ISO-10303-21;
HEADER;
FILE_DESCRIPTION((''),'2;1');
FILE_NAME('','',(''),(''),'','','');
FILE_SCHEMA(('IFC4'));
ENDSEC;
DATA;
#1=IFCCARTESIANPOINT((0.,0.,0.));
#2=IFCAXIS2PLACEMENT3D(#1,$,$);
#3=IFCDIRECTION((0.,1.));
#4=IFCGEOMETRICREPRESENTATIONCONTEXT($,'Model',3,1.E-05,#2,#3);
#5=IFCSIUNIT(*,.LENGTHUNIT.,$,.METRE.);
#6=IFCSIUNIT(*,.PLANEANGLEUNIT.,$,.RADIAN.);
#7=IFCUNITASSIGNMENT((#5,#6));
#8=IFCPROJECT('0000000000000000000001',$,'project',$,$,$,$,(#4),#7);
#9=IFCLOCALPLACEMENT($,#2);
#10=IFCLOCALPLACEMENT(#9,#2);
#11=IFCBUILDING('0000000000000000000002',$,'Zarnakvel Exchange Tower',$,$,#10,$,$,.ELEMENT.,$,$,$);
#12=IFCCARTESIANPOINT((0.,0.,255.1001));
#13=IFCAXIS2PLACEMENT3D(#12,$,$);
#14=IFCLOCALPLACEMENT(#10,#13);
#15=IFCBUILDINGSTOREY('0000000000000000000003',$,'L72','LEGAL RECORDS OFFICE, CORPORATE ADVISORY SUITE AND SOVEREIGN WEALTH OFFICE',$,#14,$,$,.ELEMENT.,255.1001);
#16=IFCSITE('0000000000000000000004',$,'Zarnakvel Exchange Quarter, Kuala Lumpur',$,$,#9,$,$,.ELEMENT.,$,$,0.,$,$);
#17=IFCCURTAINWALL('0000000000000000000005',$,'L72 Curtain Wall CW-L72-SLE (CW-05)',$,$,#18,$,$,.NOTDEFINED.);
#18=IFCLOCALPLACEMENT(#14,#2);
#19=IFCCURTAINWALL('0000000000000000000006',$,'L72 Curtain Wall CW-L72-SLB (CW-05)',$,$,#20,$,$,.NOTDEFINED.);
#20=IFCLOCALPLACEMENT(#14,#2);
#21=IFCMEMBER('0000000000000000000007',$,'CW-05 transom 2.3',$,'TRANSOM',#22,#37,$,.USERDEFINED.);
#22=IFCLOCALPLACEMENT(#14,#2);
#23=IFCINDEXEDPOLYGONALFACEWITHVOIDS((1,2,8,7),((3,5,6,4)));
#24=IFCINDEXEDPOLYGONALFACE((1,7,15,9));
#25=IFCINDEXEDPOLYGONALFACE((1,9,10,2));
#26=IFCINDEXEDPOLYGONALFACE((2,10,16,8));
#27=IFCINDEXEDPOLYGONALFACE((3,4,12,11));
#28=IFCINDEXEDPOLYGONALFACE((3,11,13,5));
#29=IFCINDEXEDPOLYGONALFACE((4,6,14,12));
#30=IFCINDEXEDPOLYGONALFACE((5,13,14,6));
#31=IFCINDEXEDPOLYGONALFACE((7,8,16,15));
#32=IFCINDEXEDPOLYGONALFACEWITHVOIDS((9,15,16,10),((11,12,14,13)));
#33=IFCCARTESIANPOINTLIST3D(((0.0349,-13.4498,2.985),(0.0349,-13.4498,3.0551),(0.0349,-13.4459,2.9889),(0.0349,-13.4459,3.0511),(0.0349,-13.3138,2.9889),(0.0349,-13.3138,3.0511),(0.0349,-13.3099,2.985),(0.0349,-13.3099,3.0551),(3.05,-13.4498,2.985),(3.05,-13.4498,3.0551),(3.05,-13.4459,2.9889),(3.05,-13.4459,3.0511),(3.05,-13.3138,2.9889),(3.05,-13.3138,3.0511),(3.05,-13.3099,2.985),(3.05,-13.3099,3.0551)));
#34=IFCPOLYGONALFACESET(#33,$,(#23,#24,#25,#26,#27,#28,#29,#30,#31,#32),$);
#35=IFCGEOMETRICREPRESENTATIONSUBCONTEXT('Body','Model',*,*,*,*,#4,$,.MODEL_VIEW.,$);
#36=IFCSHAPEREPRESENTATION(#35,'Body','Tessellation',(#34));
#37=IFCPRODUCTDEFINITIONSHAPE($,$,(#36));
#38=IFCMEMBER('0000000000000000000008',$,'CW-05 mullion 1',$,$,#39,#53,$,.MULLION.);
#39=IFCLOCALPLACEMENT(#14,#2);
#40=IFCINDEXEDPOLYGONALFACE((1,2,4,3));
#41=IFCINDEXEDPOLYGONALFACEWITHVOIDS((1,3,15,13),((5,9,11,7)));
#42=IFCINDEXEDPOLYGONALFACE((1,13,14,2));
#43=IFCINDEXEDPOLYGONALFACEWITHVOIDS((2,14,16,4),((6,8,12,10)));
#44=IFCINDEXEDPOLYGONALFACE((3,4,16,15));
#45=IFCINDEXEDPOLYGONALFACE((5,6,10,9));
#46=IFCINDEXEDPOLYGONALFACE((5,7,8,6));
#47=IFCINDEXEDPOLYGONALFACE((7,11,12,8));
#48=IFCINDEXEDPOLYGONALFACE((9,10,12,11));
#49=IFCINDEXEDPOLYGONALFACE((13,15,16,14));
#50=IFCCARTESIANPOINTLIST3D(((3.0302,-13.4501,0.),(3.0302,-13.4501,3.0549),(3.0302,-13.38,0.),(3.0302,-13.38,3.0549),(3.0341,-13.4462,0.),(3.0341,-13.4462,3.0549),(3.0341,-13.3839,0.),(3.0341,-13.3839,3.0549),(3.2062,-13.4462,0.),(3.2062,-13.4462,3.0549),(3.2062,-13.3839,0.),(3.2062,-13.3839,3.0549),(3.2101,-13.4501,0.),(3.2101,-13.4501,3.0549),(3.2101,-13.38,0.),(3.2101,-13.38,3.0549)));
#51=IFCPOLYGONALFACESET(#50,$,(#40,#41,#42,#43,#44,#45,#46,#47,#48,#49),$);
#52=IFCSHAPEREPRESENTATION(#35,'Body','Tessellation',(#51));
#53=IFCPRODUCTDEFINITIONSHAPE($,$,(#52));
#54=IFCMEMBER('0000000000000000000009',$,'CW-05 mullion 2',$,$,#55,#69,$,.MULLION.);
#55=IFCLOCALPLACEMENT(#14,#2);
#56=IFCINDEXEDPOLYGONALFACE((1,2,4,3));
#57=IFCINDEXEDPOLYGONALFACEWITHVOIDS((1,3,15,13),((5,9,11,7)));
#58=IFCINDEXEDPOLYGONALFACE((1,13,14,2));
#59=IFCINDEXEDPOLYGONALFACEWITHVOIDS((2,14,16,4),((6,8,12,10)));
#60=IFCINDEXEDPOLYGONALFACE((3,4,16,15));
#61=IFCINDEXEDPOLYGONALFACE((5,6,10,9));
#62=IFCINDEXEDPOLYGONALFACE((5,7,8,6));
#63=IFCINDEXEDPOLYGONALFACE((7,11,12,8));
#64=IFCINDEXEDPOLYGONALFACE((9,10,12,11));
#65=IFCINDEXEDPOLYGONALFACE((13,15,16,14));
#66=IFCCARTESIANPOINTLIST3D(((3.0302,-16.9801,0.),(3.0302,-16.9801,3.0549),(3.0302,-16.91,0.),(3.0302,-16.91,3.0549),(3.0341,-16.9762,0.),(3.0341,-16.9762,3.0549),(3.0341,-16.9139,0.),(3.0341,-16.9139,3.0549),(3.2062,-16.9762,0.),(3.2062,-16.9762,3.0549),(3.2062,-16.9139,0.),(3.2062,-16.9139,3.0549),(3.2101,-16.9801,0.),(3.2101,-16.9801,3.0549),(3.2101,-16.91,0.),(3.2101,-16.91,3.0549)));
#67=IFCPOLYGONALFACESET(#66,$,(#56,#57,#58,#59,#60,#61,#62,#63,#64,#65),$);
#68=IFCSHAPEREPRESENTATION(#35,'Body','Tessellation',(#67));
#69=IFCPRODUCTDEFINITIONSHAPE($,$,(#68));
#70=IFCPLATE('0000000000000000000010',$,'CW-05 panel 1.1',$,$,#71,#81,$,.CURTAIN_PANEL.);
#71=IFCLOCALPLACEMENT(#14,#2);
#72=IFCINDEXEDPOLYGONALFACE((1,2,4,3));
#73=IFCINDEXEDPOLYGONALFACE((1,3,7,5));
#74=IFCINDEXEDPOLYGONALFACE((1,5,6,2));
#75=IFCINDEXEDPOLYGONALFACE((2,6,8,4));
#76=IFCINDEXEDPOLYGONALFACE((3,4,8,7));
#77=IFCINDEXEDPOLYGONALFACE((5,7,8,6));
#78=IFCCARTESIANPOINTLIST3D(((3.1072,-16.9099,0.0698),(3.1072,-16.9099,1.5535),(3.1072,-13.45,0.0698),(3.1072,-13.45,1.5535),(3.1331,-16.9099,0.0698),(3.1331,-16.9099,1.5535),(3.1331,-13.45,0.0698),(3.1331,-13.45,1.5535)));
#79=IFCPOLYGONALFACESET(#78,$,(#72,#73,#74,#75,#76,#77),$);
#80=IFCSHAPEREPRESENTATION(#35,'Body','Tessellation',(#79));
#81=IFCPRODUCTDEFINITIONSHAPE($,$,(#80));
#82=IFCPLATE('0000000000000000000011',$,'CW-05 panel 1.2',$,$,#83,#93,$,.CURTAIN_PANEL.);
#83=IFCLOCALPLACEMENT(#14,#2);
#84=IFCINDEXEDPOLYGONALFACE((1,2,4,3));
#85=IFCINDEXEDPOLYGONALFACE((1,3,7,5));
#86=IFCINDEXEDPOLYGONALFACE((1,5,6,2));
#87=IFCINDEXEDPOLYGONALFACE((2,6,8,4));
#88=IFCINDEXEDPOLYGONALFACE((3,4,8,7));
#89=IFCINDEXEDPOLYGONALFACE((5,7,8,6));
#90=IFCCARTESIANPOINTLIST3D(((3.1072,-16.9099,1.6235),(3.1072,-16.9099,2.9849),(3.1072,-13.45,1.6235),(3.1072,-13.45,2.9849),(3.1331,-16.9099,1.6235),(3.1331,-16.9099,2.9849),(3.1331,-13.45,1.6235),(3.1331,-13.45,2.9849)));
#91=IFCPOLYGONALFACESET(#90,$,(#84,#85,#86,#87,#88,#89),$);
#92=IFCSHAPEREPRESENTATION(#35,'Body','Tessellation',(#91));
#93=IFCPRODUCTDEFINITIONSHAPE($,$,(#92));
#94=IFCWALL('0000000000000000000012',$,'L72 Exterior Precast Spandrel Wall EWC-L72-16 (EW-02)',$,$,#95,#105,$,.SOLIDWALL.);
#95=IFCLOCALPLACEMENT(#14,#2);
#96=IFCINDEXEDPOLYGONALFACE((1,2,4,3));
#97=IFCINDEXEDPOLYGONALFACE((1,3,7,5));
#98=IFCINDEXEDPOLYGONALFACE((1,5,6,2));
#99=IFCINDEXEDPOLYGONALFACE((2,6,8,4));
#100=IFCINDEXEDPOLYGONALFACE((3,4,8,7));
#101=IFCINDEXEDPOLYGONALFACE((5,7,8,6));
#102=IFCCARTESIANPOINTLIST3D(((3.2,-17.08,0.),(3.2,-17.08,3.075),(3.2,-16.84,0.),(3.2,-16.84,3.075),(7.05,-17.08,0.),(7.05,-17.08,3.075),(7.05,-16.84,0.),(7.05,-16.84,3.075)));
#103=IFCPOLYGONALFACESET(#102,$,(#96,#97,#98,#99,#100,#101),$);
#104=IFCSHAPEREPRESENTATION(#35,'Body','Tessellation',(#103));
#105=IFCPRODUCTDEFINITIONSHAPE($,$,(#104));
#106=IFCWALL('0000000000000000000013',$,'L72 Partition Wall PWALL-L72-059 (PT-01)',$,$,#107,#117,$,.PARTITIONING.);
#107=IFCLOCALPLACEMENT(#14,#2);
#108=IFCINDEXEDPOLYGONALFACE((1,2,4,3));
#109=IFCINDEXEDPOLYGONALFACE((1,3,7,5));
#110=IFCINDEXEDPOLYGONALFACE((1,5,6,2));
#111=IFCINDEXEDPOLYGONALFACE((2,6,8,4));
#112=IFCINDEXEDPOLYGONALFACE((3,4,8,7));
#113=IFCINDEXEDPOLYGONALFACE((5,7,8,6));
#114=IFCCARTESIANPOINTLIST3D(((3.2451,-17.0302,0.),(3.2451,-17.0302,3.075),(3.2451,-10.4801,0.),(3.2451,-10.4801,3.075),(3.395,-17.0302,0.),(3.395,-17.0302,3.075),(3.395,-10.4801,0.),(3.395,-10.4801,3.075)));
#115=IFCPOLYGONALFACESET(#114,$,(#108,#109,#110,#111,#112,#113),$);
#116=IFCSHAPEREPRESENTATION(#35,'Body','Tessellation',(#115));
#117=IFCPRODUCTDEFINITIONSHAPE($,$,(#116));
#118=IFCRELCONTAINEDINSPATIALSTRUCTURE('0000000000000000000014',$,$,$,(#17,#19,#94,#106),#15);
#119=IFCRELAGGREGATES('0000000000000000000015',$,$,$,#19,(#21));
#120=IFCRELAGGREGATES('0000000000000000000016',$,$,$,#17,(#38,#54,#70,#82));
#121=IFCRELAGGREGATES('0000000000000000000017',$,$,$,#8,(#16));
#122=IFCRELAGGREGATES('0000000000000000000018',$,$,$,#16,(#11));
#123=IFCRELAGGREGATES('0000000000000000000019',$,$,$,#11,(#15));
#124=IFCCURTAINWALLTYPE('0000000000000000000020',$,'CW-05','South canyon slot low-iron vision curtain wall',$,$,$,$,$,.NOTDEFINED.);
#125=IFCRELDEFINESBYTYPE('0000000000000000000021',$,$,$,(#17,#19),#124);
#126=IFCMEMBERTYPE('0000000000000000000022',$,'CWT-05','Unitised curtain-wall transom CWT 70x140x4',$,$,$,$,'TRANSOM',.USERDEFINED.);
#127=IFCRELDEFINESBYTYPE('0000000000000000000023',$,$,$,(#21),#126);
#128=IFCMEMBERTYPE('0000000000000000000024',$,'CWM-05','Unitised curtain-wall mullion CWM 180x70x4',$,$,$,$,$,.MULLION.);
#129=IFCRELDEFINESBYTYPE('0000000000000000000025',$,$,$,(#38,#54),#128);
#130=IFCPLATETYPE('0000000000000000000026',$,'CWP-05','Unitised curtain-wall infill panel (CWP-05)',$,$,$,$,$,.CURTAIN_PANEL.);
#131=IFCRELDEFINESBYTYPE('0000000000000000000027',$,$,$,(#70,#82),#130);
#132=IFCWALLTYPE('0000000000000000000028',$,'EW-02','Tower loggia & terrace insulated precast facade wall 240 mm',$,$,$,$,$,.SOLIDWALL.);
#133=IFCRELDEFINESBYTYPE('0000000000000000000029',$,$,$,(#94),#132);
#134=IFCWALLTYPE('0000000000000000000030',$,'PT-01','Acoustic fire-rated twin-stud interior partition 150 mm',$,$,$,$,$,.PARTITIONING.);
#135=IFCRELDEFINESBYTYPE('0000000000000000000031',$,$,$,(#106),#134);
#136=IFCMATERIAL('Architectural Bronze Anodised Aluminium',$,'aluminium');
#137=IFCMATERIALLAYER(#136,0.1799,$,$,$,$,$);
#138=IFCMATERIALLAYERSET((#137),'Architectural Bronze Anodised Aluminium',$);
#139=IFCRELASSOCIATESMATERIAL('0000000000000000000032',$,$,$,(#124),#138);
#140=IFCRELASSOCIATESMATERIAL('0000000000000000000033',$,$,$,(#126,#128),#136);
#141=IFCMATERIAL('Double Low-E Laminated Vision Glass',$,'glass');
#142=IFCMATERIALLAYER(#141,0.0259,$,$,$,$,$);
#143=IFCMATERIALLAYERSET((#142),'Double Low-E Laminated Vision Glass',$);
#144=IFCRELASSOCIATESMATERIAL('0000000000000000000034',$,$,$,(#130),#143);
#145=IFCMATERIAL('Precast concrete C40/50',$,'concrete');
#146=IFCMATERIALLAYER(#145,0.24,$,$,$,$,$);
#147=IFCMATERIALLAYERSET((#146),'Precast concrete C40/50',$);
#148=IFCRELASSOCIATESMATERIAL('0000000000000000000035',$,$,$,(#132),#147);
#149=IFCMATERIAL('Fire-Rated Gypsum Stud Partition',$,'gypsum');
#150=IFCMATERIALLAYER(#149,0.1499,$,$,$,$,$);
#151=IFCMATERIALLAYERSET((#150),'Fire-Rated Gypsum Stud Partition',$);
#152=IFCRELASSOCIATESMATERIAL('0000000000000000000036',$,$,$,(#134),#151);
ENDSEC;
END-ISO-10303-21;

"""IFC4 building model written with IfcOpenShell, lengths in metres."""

from ifc_helpers import new_model, si_unit, direction, frame, frame_2d, origin, origin_2d, place, context, subcontext, project, spatial, rectangle, hollow_rectangle, extrude, source, transform, mapped, material, layer, layer_set, material_profile, profile_set, type_object, element, aggregate, save


model = new_model("IFC4")

# Units and contexts
model_context = context("Model", 3, precision=1e-05, world=origin(), true_north=direction((0.0, 1.0)))
body_context = subcontext(model_context, "Body", "Model", "MODEL_VIEW")
ifc_project = project(units=[si_unit("LENGTHUNIT", "METRE"), si_unit("PLANEANGLEUNIT", "RADIAN")], contexts=[model_context])

# Site, building, storey
site_placement = place(None, origin())
site = spatial("IfcSite", under=ifc_project, at=site_placement, Name="Zarnakvel Exchange Quarter, Kuala Lumpur", CompositionType="ELEMENT", RefElevation=0.0)
building_placement = place(site_placement, origin())
building = spatial("IfcBuilding", under=site, at=building_placement, Name="Zarnakvel Exchange Tower", CompositionType="ELEMENT")
storey_placement = place(building_placement, frame((0.0, 0.0, 255.1001)))
storey = spatial("IfcBuildingStorey", under=building, at=storey_placement, Name="L72", Description="LEGAL RECORDS OFFICE, CORPORATE ADVISORY SUITE AND SOVEREIGN WEALTH OFFICE", CompositionType="ELEMENT", Elevation=255.1001)

# Curtain walls, member
ifc_material_1 = material(Name="Architectural Bronze Anodised Aluminium", Category="aluminium")
ifc_layer_1 = layer(ifc_material_1, 0.1799)
ifc_layer_set_1 = layer_set([ifc_layer_1], Name="Architectural Bronze Anodised Aluminium")
curtain_wall_type = type_object("IfcCurtainWallType", Name="CW-05", Description="South canyon slot low-iron vision curtain wall", PredefinedType="NOTDEFINED", material=ifc_layer_set_1)
curtain_wall_1_placement = place(storey_placement, origin())
curtain_wall_1 = element("IfcCurtainWall", 1, at=curtain_wall_1_placement, inside=storey, type_object=curtain_wall_type, Name="L72 Curtain Wall CW-L72-SLE (CW-05)", PredefinedType="NOTDEFINED")
ifc_material_profile_1 = material_profile(ifc_material_1, hollow_rectangle(XDim=0.1399, YDim=0.0701, WallThickness=0.0039, at=origin_2d()))
ifc_profile_set_1 = profile_set([ifc_material_profile_1], Name="Architectural Bronze Anodised Aluminium")
member_type_1 = type_object("IfcMemberType", Name="CWT-05", Description="Unitised curtain-wall transom CWT 70x140x4", ElementType="TRANSOM", PredefinedType="USERDEFINED", material=ifc_profile_set_1)
curtain_wall_2_placement = place(storey_placement, origin())
curtain_wall_2 = element("IfcCurtainWall", 2, at=curtain_wall_2_placement, inside=storey, type_object=curtain_wall_type, Name="L72 Curtain Wall CW-L72-SLB (CW-05)", PredefinedType="NOTDEFINED")
shared_shape_1 = source(origin(), body_context, "Body", "SweptSolid", [
    extrude(hollow_rectangle(XDim=0.1399, YDim=0.0701, WallThickness=0.0039, at=origin_2d()), origin(), (0.0, 0.0, 1.0), 3.0151),
])
member_1_placement = place(storey_placement, frame((0.0349, -13.3799, 3.02), z_axis=(1.0, 0.0, 0.0), x_axis=(0.0, 1.0, 0.0)))
member_1 = element("IfcMember", 3, at=member_1_placement, type_object=member_type_1, Name="CW-05 transom 2.3", ObjectType="TRANSOM", PredefinedType="USERDEFINED", context=body_context, shape_type="MappedRepresentation", body=[
    mapped(shared_shape_1, transform((0.0, 0.0, 0.0), x_axis=(1.0, 0.0, 0.0), y_axis=(0.0, 1.0, 0.0), z_axis=(0.0, 0.0, 1.0), scale=1.0)),
])
aggregate(curtain_wall_2, [member_1])

# Members
ifc_material_profile_2 = material_profile(ifc_material_1, hollow_rectangle(XDim=0.1799, YDim=0.0701, WallThickness=0.0039, at=origin_2d()))
ifc_profile_set_2 = profile_set([ifc_material_profile_2], Name="Architectural Bronze Anodised Aluminium")
member_type_2 = type_object("IfcMemberType", Name="CWM-05", Description="Unitised curtain-wall mullion CWM 180x70x4", PredefinedType="MULLION", material=ifc_profile_set_2)
shared_shape_2 = source(origin(), body_context, "Body", "SweptSolid", [
    extrude(hollow_rectangle(XDim=0.1799, YDim=0.0701, WallThickness=0.0039, at=origin_2d()), origin(), (0.0, 0.0, 1.0), 3.0549),
])
member_2_placement = place(storey_placement, frame((3.1201, -13.415, 0.0), z_axis=(0.0, 0.0, 1.0), x_axis=(1.0, 0.0, 0.0)))
member_2 = element("IfcMember", 4, at=member_2_placement, type_object=member_type_2, Name="CW-05 mullion 1", PredefinedType="MULLION", context=body_context, shape_type="MappedRepresentation", body=[
    mapped(shared_shape_2, transform((0.0, 0.0, 0.0), x_axis=(1.0, 0.0, 0.0), y_axis=(0.0, 1.0, 0.0), z_axis=(0.0, 0.0, 1.0), scale=1.0)),
])
member_3_placement = place(storey_placement, frame((3.1201, -16.9451, 0.0), z_axis=(0.0, 0.0, 1.0), x_axis=(1.0, 0.0, 0.0)))
member_3 = element("IfcMember", 5, at=member_3_placement, type_object=member_type_2, Name="CW-05 mullion 2", PredefinedType="MULLION", context=body_context, shape_type="MappedRepresentation", body=[
    mapped(shared_shape_2, transform((0.0, 0.0, 0.0), x_axis=(1.0, 0.0, 0.0), y_axis=(0.0, 1.0, 0.0), z_axis=(0.0, 0.0, 1.0), scale=1.0)),
])

# Plates
ifc_material_2 = material(Name="Double Low-E Laminated Vision Glass", Category="glass")
ifc_layer_2 = layer(ifc_material_2, 0.0259)
ifc_layer_set_2 = layer_set([ifc_layer_2], Name="Double Low-E Laminated Vision Glass")
plate_type = type_object("IfcPlateType", Name="CWP-05", Description="Unitised curtain-wall infill panel (CWP-05)", PredefinedType="CURTAIN_PANEL", material=ifc_layer_set_2)
shared_shape_3 = source(origin(), body_context, "Body", "SweptSolid", [
    extrude(rectangle(XDim=3.46, YDim=0.0259, at=origin_2d()), origin(), (0.0, 0.0, 1.0), 1.4836),
])
plate_1_placement = place(storey_placement, frame((3.1201, -15.1799, 0.0698), z_axis=(0.0, 0.0, 1.0), x_axis=(0.0, -1.0, 0.0)))
plate_1 = element("IfcPlate", 6, at=plate_1_placement, type_object=plate_type, Name="CW-05 panel 1.1", PredefinedType="CURTAIN_PANEL", context=body_context, shape_type="MappedRepresentation", body=[
    mapped(shared_shape_3, transform((0.0, 0.0, 0.0), x_axis=(1.0, 0.0, 0.0), y_axis=(0.0, 1.0, 0.0), z_axis=(0.0, 0.0, 1.0), scale=1.0)),
])
shared_shape_4 = source(origin(), body_context, "Body", "SweptSolid", [
    extrude(rectangle(XDim=3.46, YDim=0.0259, at=origin_2d()), origin(), (0.0, 0.0, 1.0), 1.3613),
])
plate_2_placement = place(storey_placement, frame((3.1201, -15.1799, 1.6235), z_axis=(0.0, 0.0, 1.0), x_axis=(0.0, -1.0, 0.0)))
plate_2 = element("IfcPlate", 7, at=plate_2_placement, type_object=plate_type, Name="CW-05 panel 1.2", PredefinedType="CURTAIN_PANEL", context=body_context, shape_type="MappedRepresentation", body=[
    mapped(shared_shape_4, transform((0.0, 0.0, 0.0), x_axis=(1.0, 0.0, 0.0), y_axis=(0.0, 1.0, 0.0), z_axis=(0.0, 0.0, 1.0), scale=1.0)),
])
aggregate(curtain_wall_1, [member_2, member_3, plate_1, plate_2])

# Walls
ifc_material_3 = material(Name="Precast concrete C40/50", Category="concrete")
ifc_layer_3 = layer(ifc_material_3, 0.24)
ifc_layer_set_3 = layer_set([ifc_layer_3], Name="Precast concrete C40/50")
wall_type_1 = type_object("IfcWallType", Name="EW-02", Description="Tower loggia & terrace insulated precast facade wall 240 mm", PredefinedType="SOLIDWALL", material=ifc_layer_set_3)
wall_1_placement = place(storey_placement, frame((3.2, -16.96, 0.0), z_axis=(0.0, 0.0, 1.0), x_axis=(1.0, 0.0, 0.0)))
element("IfcWall", 8, at=wall_1_placement, inside=storey, type_object=wall_type_1, Name="L72 Exterior Precast Spandrel Wall EWC-L72-16 (EW-02)", PredefinedType="SOLIDWALL", context=body_context, shape_type="SweptSolid", body=[
    extrude(rectangle(XDim=3.8501, YDim=0.24, at=frame_2d((1.925, 0.0))), origin(), (0.0, 0.0, 1.0), 3.075),
])
ifc_material_4 = material(Name="Fire-Rated Gypsum Stud Partition", Category="gypsum")
ifc_layer_4 = layer(ifc_material_4, 0.1499)
ifc_layer_set_4 = layer_set([ifc_layer_4], Name="Fire-Rated Gypsum Stud Partition")
wall_type_2 = type_object("IfcWallType", Name="PT-01", Description="Acoustic fire-rated twin-stud interior partition 150 mm", PredefinedType="PARTITIONING", material=ifc_layer_set_4)
wall_2_placement = place(storey_placement, frame((3.3201, -17.03, 0.0), z_axis=(0.0, 0.0, 1.0), x_axis=(0.0, 1.0, 0.0)))
element("IfcWall", 9, at=wall_2_placement, inside=storey, type_object=wall_type_2, Name="L72 Partition Wall PWALL-L72-059 (PT-01)", PredefinedType="PARTITIONING", context=body_context, shape_type="SweptSolid", body=[
    extrude(rectangle(XDim=6.55, YDim=0.1499, at=frame_2d((3.2749, 0.0))), origin(), (0.0, 0.0, 1.0), 3.075),
])

save(model, "model.ifc")
